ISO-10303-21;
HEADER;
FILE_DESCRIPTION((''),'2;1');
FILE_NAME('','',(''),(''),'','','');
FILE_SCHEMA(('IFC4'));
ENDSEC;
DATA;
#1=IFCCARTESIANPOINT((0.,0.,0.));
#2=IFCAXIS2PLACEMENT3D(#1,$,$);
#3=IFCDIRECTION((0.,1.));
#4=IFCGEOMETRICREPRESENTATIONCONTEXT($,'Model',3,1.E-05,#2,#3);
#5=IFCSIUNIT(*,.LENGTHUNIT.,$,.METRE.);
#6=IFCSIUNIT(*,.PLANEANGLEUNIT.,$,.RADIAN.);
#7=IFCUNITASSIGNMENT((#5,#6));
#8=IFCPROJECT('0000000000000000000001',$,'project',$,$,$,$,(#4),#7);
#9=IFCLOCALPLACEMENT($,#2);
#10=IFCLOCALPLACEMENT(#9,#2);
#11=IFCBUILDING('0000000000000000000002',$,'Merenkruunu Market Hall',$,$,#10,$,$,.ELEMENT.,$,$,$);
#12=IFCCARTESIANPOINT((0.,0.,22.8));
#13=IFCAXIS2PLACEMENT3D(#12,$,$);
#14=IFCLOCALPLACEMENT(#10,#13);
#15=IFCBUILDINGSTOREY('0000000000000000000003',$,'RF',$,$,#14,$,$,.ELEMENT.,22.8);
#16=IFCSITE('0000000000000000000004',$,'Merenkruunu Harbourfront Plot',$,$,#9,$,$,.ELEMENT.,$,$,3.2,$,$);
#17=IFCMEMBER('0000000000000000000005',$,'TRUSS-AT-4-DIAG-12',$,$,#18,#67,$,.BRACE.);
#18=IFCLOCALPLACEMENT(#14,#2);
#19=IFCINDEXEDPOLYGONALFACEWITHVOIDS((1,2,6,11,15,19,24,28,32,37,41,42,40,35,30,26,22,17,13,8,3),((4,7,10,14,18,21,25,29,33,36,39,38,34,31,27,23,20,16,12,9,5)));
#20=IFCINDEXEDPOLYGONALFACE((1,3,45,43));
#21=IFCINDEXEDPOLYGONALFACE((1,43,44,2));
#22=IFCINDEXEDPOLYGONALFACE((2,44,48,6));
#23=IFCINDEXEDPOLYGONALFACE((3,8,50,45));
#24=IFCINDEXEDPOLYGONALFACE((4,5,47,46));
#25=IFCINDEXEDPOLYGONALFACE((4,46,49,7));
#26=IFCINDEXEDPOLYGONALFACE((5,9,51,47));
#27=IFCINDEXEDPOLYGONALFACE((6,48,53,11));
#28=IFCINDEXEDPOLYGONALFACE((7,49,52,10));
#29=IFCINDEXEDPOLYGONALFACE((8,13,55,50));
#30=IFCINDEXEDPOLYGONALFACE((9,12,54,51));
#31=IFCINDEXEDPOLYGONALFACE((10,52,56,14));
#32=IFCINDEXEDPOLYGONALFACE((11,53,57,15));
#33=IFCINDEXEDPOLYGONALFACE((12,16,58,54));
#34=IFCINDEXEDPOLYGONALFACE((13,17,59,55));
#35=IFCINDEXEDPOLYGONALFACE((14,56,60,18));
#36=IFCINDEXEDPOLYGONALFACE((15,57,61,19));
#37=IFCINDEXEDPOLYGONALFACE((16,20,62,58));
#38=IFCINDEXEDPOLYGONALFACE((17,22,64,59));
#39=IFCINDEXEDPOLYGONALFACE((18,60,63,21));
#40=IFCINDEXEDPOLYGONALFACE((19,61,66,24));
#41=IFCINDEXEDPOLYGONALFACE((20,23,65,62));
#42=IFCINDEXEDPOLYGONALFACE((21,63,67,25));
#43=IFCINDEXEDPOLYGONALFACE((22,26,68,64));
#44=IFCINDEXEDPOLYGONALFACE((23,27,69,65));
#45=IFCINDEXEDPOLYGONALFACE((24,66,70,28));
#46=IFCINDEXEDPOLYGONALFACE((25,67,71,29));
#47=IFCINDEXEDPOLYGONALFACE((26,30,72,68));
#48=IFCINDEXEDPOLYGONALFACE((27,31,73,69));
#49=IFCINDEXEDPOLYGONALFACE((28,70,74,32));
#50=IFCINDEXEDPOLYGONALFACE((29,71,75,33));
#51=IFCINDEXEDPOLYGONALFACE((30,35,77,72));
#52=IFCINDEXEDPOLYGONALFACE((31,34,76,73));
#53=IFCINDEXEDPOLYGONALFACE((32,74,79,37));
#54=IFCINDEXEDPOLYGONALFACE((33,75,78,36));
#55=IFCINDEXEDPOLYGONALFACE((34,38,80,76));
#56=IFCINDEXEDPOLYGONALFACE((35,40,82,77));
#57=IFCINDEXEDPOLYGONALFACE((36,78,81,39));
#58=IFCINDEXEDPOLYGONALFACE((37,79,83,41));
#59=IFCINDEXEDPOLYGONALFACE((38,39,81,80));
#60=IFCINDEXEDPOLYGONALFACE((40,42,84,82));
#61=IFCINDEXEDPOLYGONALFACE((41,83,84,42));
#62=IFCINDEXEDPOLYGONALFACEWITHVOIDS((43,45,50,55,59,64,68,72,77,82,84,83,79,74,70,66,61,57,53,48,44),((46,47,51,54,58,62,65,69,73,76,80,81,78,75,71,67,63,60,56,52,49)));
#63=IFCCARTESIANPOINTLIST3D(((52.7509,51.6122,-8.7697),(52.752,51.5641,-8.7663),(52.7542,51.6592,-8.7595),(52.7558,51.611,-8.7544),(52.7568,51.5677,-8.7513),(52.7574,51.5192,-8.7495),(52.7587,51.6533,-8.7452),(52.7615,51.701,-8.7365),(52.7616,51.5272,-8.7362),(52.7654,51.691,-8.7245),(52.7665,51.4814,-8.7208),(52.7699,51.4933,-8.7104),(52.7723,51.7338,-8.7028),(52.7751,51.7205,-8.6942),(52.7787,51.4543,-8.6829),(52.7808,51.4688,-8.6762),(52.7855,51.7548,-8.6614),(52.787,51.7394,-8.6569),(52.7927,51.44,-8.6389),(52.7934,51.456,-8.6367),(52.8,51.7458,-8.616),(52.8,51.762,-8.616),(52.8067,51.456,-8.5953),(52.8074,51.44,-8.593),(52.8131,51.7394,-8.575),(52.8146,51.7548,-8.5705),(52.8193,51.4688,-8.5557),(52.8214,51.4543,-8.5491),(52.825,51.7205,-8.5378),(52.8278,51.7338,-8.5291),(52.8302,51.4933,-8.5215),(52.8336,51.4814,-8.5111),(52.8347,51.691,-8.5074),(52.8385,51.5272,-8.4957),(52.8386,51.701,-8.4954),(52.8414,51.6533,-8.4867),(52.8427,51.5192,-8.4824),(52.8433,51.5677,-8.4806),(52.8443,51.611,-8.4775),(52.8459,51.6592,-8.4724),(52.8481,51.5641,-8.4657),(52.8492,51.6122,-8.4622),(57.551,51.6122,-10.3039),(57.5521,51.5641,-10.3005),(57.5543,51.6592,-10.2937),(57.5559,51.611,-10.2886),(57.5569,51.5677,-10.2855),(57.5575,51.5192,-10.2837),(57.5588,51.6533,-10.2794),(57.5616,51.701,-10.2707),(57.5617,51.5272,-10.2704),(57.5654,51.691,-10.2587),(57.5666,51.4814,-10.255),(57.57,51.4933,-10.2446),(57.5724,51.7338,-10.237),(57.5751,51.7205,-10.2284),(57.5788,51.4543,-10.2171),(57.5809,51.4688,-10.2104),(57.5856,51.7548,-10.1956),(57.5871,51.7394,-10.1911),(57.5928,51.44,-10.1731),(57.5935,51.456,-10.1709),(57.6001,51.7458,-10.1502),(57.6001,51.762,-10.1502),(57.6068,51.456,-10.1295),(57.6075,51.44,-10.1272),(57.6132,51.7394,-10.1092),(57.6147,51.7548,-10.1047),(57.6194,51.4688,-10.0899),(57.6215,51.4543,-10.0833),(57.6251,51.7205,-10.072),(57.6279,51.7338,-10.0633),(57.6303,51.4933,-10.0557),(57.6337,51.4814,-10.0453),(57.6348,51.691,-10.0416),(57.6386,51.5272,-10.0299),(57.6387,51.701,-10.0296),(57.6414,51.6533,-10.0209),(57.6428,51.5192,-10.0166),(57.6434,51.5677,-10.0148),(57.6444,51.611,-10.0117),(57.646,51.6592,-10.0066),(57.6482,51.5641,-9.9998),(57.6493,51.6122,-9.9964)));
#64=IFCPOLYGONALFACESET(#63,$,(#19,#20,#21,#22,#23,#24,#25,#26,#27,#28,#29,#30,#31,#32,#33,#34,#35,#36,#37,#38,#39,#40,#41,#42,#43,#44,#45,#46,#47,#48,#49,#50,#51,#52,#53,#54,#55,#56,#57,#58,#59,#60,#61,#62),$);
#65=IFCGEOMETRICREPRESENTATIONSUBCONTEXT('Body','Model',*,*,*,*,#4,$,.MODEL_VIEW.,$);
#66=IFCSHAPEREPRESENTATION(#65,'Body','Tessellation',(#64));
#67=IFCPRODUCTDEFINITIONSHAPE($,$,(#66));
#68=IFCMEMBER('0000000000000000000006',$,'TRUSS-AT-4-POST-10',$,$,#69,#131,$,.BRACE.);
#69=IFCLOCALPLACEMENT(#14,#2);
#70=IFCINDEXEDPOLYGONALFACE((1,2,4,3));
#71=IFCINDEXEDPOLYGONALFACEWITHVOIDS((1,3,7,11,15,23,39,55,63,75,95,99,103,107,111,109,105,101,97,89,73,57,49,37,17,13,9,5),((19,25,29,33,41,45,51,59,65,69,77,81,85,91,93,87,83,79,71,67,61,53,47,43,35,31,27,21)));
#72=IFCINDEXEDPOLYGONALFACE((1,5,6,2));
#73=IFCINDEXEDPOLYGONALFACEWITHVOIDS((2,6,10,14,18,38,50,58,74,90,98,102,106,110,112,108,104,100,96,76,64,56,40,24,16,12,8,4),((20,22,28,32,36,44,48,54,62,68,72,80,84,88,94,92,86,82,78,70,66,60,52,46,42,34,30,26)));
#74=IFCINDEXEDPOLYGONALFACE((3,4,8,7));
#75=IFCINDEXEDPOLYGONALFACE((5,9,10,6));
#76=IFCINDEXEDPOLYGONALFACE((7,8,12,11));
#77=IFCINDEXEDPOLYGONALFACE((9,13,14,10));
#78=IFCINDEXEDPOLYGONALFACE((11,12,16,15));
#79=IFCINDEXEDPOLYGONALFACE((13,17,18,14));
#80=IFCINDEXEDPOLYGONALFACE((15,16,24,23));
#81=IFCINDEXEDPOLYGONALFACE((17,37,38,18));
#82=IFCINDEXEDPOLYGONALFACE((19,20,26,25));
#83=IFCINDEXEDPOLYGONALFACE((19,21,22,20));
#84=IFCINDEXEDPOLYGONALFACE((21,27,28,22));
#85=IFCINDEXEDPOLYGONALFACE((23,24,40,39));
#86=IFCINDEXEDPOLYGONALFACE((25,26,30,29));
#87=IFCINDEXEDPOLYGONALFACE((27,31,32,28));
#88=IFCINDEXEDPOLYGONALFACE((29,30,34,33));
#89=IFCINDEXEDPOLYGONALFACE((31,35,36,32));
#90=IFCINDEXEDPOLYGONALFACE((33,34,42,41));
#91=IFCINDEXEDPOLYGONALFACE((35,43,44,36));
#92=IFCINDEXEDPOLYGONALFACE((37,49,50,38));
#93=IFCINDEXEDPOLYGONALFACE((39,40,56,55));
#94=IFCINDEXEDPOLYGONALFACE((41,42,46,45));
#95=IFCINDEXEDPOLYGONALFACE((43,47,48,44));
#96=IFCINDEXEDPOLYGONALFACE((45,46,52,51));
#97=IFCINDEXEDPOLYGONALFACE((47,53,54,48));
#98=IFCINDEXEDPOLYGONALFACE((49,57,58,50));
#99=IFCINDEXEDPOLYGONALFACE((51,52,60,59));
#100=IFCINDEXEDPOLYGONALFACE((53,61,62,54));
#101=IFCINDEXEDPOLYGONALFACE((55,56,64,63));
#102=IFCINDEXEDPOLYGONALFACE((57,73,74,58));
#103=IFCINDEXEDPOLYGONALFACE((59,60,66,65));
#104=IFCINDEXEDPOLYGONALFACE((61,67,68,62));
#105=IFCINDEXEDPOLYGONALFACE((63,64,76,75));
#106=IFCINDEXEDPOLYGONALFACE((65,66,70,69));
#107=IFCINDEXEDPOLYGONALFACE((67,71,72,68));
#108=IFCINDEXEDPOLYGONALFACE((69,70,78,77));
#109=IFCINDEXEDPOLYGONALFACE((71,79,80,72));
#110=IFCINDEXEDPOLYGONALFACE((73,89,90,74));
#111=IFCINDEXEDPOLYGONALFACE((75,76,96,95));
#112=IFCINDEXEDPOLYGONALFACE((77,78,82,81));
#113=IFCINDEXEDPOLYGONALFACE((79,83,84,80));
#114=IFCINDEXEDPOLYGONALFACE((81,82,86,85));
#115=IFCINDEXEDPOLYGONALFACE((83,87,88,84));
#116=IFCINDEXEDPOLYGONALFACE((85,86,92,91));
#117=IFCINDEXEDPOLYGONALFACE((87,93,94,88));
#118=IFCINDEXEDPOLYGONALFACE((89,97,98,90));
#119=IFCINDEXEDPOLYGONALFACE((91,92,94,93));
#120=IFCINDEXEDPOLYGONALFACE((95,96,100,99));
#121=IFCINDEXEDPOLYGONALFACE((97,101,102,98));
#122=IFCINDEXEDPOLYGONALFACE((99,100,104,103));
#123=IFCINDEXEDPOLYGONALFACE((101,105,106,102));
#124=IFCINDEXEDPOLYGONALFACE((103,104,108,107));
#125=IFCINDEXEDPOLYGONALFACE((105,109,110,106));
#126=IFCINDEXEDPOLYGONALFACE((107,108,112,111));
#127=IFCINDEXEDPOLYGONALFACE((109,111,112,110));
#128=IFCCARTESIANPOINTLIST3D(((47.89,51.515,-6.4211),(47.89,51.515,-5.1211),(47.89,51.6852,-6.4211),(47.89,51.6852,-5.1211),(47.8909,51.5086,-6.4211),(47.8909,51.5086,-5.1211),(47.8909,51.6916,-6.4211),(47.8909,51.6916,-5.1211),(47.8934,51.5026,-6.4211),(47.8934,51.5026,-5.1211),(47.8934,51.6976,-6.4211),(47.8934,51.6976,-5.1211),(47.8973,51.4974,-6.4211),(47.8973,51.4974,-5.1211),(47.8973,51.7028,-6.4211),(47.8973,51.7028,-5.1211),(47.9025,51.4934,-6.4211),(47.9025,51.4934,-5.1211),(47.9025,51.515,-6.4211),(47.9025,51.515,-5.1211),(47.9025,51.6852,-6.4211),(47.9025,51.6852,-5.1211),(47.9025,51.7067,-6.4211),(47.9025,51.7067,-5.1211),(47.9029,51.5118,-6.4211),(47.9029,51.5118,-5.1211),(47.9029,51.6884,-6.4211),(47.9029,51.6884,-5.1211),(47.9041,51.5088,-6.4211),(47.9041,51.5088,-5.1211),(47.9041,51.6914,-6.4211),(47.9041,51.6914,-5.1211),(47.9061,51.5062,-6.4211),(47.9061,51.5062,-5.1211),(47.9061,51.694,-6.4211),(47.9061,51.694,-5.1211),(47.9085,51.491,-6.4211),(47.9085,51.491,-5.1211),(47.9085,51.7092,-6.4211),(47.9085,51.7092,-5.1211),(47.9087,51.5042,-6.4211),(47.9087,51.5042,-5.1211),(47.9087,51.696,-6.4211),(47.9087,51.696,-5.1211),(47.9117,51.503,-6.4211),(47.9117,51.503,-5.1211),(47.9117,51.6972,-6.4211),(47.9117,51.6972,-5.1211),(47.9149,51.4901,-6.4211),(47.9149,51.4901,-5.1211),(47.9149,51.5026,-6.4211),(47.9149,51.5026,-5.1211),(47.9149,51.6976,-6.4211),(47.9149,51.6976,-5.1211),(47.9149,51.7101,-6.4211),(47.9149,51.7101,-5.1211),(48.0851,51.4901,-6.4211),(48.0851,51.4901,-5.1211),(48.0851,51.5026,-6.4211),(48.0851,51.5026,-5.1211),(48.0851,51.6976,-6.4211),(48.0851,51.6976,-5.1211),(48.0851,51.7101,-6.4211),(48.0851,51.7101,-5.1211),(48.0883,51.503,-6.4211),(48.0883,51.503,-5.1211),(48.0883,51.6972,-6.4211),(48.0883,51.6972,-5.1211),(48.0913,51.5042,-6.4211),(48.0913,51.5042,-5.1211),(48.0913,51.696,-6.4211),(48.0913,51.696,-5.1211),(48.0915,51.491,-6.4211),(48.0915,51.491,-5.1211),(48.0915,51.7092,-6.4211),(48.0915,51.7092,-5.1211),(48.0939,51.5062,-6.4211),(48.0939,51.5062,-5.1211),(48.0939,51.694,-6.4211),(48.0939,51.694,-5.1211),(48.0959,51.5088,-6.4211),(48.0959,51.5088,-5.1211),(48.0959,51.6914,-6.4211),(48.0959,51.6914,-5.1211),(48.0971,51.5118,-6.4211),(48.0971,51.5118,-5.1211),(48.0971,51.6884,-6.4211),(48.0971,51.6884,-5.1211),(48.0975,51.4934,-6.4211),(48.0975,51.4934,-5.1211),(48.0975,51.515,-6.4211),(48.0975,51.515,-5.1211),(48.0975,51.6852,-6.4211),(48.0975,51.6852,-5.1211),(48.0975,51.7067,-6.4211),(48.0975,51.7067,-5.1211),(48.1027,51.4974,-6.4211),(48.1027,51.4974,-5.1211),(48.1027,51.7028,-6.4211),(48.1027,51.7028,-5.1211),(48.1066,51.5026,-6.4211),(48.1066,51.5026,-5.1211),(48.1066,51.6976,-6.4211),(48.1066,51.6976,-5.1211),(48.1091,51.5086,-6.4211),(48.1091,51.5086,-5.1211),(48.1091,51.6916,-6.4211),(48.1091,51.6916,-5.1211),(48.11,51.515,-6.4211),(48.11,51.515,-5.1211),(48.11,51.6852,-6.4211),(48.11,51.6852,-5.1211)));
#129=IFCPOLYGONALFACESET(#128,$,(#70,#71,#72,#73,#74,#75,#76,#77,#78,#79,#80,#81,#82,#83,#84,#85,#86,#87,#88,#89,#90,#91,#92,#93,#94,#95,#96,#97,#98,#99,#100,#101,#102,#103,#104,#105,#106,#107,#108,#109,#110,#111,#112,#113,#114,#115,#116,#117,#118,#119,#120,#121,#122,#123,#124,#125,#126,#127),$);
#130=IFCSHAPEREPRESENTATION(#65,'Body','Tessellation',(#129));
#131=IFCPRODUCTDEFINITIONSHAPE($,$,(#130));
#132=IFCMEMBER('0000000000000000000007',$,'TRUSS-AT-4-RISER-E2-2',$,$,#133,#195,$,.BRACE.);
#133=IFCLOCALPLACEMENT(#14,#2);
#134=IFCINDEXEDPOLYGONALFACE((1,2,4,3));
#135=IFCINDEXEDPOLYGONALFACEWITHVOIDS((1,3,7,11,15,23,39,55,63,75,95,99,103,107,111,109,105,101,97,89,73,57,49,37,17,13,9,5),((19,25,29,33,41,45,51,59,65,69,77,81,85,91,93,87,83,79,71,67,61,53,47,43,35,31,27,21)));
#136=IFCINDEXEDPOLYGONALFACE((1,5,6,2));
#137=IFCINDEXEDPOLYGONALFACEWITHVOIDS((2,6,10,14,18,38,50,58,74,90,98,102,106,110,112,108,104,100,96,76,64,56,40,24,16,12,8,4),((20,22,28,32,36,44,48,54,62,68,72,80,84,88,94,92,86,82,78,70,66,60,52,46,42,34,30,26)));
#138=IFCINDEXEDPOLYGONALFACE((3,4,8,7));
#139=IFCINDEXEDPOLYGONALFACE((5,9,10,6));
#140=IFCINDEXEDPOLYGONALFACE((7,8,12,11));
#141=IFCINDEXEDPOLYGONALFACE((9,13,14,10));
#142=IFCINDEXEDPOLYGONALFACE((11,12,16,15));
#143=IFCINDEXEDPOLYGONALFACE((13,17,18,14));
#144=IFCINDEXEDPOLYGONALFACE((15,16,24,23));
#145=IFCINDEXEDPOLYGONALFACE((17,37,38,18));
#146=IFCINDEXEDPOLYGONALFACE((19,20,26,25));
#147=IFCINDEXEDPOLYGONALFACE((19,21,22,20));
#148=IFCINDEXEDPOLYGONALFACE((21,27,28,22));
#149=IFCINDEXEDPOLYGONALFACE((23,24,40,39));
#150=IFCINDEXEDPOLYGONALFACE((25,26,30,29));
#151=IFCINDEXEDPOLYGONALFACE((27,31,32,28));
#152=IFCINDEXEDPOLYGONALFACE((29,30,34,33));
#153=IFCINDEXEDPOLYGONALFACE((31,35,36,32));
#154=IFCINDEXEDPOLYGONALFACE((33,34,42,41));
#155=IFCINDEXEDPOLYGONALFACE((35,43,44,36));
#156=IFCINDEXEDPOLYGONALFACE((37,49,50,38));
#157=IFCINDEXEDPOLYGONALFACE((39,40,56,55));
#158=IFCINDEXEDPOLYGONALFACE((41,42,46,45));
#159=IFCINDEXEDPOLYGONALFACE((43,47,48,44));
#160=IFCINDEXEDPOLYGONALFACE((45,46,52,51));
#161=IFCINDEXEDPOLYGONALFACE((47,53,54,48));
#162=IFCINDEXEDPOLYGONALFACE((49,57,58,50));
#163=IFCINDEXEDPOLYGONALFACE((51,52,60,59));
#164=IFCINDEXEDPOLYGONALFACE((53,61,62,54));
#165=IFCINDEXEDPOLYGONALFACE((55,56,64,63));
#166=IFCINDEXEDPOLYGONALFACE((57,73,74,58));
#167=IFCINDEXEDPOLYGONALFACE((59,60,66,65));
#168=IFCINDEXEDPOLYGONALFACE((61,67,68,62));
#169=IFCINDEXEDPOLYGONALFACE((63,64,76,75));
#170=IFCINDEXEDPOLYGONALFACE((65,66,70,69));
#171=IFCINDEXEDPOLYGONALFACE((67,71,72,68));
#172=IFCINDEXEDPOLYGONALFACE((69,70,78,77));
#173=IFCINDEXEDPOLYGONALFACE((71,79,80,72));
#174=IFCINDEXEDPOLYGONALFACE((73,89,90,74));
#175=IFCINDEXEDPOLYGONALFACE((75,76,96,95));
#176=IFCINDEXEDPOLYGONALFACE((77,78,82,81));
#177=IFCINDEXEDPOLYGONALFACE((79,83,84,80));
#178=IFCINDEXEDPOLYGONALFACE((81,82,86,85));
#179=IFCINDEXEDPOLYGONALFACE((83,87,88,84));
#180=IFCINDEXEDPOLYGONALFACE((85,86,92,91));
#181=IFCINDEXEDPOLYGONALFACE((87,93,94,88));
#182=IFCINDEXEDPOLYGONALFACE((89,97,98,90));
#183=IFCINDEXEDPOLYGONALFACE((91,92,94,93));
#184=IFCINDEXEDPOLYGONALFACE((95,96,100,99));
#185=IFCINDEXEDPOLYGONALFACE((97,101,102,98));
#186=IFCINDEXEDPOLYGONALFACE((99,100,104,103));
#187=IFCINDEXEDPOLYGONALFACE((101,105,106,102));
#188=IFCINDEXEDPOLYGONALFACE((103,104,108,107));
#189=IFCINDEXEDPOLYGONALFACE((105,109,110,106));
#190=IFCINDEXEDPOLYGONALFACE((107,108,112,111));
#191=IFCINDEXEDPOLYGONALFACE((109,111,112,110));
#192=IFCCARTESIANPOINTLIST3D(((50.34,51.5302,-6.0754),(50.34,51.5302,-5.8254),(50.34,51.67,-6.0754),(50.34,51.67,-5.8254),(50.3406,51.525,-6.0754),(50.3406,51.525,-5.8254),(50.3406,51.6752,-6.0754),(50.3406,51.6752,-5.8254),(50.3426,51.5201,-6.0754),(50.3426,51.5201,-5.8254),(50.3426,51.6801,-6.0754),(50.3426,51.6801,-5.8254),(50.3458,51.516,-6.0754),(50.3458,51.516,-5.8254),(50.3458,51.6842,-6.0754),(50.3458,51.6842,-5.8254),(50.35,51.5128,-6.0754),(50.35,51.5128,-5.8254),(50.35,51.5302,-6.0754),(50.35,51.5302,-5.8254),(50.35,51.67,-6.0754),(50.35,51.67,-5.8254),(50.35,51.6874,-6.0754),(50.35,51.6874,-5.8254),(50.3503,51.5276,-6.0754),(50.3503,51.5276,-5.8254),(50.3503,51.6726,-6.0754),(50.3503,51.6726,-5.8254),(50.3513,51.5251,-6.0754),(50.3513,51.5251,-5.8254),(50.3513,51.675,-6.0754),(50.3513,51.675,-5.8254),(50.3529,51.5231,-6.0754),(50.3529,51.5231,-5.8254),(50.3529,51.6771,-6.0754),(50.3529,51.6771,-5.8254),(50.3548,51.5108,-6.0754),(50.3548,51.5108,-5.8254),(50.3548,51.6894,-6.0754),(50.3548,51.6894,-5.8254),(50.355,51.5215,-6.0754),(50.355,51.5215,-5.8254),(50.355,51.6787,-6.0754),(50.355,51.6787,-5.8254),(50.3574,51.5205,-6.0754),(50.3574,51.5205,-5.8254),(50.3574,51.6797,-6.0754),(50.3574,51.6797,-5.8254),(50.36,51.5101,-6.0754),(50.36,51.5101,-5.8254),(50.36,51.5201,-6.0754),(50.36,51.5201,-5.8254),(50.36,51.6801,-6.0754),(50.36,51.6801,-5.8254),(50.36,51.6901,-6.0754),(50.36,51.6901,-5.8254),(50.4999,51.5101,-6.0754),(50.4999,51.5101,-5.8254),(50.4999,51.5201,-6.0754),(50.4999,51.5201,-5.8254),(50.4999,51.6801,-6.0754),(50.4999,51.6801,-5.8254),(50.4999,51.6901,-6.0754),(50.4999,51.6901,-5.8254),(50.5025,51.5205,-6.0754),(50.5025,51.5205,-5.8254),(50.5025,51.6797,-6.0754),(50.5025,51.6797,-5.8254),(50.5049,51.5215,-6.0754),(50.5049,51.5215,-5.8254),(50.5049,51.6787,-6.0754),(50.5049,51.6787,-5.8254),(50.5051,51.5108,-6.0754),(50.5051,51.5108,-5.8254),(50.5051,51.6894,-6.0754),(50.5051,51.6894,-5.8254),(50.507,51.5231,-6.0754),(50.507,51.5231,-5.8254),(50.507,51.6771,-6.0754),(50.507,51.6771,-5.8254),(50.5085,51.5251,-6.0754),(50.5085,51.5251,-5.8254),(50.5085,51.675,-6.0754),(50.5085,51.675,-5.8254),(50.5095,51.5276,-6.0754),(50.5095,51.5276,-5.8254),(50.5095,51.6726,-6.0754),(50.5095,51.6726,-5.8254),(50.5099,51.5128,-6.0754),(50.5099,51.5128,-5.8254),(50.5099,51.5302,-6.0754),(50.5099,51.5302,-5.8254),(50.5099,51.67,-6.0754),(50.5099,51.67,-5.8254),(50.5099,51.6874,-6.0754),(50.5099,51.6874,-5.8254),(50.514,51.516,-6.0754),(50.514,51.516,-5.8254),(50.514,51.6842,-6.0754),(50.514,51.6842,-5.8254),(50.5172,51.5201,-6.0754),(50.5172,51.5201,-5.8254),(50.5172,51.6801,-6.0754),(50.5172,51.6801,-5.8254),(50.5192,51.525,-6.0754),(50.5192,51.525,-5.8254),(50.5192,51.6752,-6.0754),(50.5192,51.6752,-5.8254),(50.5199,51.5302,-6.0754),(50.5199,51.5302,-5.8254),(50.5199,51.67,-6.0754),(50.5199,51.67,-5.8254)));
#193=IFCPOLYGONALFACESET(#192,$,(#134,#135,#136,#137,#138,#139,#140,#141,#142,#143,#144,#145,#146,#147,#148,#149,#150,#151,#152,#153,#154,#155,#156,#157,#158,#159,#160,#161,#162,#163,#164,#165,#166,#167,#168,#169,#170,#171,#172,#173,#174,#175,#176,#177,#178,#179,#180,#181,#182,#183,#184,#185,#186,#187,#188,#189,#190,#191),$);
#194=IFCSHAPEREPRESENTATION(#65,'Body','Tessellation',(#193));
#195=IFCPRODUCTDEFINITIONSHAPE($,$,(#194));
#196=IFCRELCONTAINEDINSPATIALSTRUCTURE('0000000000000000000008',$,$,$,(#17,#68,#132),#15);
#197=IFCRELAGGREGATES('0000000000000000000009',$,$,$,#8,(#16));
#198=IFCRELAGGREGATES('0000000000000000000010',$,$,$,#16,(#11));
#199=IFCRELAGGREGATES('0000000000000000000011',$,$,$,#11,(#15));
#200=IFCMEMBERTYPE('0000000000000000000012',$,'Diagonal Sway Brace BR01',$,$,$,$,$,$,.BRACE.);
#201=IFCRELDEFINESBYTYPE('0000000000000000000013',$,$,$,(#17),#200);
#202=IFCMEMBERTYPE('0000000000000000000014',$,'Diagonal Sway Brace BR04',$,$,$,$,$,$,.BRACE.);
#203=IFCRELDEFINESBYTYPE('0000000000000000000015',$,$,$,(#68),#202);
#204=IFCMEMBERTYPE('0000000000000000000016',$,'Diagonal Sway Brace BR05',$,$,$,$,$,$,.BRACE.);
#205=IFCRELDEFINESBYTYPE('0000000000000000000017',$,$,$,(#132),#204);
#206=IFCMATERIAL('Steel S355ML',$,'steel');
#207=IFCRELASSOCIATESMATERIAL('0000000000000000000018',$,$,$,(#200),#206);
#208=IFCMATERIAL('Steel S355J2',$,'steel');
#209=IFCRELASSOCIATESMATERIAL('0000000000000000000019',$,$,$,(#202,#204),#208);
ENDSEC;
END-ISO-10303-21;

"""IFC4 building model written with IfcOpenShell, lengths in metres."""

from ifc_helpers import new_model, si_unit, direction, frame, origin, origin_2d, place, context, subcontext, project, spatial, hollow_rectangle, hollow_circle, extrude, material, material_profile, profile_set, type_object, element, save


model = new_model("IFC4")

# Units and contexts
model_context = context("Model", 3, precision=1e-05, world=origin(), true_north=direction((0.0, 1.0)))
body_context = subcontext(model_context, "Body", "Model", "MODEL_VIEW")
ifc_project = project(units=[si_unit("LENGTHUNIT", "METRE"), si_unit("PLANEANGLEUNIT", "RADIAN")], contexts=[model_context])

# Site, building, storey
site_placement = place(None, origin())
site = spatial("IfcSite", under=ifc_project, at=site_placement, Name="Merenkruunu Harbourfront Plot", CompositionType="ELEMENT", RefElevation=3.2)
building_placement = place(site_placement, origin())
building = spatial("IfcBuilding", under=site, at=building_placement, Name="Merenkruunu Market Hall", CompositionType="ELEMENT")
storey_placement = place(building_placement, frame((0.0, 0.0, 22.8)))
storey = spatial("IfcBuildingStorey", under=building, at=storey_placement, Name="RF", CompositionType="ELEMENT", Elevation=22.8)

# Shared definitions
ifc_material_1 = material(Name="Steel S355ML", Category="steel")

# Members
ifc_material_profile_1 = material_profile(ifc_material_1, hollow_circle(Radius=0.1619, WallThickness=0.0161, at=origin_2d()), Name="CHS 323.9x16")
ifc_profile_set_1 = profile_set([ifc_material_profile_1], Name="Steel S355ML")
member_type_1 = type_object("IfcMemberType", Name="Diagonal Sway Brace BR01", PredefinedType="BRACE", material=ifc_profile_set_1)
member_1_placement = place(storey_placement, frame((52.8, 51.6001, -8.616), z_axis=(0.95253, 0.0, -0.304445), x_axis=(0.0, 1.0, 0.0)))
element("IfcMember", 1, at=member_1_placement, inside=storey, type_object=member_type_1, Name="TRUSS-AT-4-DIAG-12", PredefinedType="BRACE", context=body_context, shape_type="SweptSolid", body=[
    extrude(hollow_circle(Radius=0.1619, WallThickness=0.0161, at=origin_2d()), origin(), (0.0, 0.0, 1.0), 5.0393),
])
ifc_material_2 = material(Name="Steel S355J2", Category="steel")
ifc_material_profile_2 = material_profile(ifc_material_2, hollow_rectangle(XDim=0.22, YDim=0.22, WallThickness=0.0125, InnerFilletRadius=0.0125, OuterFilletRadius=0.0249, at=origin_2d()), Name="SHS 220x220x12.5")
ifc_profile_set_2 = profile_set([ifc_material_profile_2], Name="Steel S355J2")
member_type_2 = type_object("IfcMemberType", Name="Diagonal Sway Brace BR04", PredefinedType="BRACE", material=ifc_profile_set_2)
member_2_placement = place(storey_placement, frame((48.0, 51.6001, -6.4211), z_axis=(0.0, 0.0, 1.0), x_axis=(1.0, 0.0, 0.0)))
element("IfcMember", 2, at=member_2_placement, inside=storey, type_object=member_type_2, Name="TRUSS-AT-4-POST-10", PredefinedType="BRACE", context=body_context, shape_type="SweptSolid", body=[
    extrude(hollow_rectangle(XDim=0.22, YDim=0.22, WallThickness=0.0125, InnerFilletRadius=0.0125, OuterFilletRadius=0.0249, at=origin_2d()), origin(), (0.0, 0.0, 1.0), 1.3),
])
ifc_material_profile_3 = material_profile(ifc_material_2, hollow_rectangle(XDim=0.1799, YDim=0.1799, WallThickness=0.01, InnerFilletRadius=0.01, OuterFilletRadius=0.02, at=origin_2d()), Name="SHS 180x180x10")
ifc_profile_set_3 = profile_set([ifc_material_profile_3], Name="Steel S355J2")
member_type_3 = type_object("IfcMemberType", Name="Diagonal Sway Brace BR05", PredefinedType="BRACE", material=ifc_profile_set_3)
member_3_placement = place(storey_placement, frame((50.4299, 51.6001, -6.0754), z_axis=(0.0, 0.0, 1.0), x_axis=(1.0, 0.0, 0.0)))
element("IfcMember", 3, at=member_3_placement, inside=storey, type_object=member_type_3, Name="TRUSS-AT-4-RISER-E2-2", PredefinedType="BRACE", context=body_context, shape_type="SweptSolid", body=[
    extrude(hollow_rectangle(XDim=0.1799, YDim=0.1799, WallThickness=0.01, InnerFilletRadius=0.01, OuterFilletRadius=0.02, at=origin_2d()), origin(), (0.0, 0.0, 1.0), 0.25),
])

save(model, "model.ifc")
